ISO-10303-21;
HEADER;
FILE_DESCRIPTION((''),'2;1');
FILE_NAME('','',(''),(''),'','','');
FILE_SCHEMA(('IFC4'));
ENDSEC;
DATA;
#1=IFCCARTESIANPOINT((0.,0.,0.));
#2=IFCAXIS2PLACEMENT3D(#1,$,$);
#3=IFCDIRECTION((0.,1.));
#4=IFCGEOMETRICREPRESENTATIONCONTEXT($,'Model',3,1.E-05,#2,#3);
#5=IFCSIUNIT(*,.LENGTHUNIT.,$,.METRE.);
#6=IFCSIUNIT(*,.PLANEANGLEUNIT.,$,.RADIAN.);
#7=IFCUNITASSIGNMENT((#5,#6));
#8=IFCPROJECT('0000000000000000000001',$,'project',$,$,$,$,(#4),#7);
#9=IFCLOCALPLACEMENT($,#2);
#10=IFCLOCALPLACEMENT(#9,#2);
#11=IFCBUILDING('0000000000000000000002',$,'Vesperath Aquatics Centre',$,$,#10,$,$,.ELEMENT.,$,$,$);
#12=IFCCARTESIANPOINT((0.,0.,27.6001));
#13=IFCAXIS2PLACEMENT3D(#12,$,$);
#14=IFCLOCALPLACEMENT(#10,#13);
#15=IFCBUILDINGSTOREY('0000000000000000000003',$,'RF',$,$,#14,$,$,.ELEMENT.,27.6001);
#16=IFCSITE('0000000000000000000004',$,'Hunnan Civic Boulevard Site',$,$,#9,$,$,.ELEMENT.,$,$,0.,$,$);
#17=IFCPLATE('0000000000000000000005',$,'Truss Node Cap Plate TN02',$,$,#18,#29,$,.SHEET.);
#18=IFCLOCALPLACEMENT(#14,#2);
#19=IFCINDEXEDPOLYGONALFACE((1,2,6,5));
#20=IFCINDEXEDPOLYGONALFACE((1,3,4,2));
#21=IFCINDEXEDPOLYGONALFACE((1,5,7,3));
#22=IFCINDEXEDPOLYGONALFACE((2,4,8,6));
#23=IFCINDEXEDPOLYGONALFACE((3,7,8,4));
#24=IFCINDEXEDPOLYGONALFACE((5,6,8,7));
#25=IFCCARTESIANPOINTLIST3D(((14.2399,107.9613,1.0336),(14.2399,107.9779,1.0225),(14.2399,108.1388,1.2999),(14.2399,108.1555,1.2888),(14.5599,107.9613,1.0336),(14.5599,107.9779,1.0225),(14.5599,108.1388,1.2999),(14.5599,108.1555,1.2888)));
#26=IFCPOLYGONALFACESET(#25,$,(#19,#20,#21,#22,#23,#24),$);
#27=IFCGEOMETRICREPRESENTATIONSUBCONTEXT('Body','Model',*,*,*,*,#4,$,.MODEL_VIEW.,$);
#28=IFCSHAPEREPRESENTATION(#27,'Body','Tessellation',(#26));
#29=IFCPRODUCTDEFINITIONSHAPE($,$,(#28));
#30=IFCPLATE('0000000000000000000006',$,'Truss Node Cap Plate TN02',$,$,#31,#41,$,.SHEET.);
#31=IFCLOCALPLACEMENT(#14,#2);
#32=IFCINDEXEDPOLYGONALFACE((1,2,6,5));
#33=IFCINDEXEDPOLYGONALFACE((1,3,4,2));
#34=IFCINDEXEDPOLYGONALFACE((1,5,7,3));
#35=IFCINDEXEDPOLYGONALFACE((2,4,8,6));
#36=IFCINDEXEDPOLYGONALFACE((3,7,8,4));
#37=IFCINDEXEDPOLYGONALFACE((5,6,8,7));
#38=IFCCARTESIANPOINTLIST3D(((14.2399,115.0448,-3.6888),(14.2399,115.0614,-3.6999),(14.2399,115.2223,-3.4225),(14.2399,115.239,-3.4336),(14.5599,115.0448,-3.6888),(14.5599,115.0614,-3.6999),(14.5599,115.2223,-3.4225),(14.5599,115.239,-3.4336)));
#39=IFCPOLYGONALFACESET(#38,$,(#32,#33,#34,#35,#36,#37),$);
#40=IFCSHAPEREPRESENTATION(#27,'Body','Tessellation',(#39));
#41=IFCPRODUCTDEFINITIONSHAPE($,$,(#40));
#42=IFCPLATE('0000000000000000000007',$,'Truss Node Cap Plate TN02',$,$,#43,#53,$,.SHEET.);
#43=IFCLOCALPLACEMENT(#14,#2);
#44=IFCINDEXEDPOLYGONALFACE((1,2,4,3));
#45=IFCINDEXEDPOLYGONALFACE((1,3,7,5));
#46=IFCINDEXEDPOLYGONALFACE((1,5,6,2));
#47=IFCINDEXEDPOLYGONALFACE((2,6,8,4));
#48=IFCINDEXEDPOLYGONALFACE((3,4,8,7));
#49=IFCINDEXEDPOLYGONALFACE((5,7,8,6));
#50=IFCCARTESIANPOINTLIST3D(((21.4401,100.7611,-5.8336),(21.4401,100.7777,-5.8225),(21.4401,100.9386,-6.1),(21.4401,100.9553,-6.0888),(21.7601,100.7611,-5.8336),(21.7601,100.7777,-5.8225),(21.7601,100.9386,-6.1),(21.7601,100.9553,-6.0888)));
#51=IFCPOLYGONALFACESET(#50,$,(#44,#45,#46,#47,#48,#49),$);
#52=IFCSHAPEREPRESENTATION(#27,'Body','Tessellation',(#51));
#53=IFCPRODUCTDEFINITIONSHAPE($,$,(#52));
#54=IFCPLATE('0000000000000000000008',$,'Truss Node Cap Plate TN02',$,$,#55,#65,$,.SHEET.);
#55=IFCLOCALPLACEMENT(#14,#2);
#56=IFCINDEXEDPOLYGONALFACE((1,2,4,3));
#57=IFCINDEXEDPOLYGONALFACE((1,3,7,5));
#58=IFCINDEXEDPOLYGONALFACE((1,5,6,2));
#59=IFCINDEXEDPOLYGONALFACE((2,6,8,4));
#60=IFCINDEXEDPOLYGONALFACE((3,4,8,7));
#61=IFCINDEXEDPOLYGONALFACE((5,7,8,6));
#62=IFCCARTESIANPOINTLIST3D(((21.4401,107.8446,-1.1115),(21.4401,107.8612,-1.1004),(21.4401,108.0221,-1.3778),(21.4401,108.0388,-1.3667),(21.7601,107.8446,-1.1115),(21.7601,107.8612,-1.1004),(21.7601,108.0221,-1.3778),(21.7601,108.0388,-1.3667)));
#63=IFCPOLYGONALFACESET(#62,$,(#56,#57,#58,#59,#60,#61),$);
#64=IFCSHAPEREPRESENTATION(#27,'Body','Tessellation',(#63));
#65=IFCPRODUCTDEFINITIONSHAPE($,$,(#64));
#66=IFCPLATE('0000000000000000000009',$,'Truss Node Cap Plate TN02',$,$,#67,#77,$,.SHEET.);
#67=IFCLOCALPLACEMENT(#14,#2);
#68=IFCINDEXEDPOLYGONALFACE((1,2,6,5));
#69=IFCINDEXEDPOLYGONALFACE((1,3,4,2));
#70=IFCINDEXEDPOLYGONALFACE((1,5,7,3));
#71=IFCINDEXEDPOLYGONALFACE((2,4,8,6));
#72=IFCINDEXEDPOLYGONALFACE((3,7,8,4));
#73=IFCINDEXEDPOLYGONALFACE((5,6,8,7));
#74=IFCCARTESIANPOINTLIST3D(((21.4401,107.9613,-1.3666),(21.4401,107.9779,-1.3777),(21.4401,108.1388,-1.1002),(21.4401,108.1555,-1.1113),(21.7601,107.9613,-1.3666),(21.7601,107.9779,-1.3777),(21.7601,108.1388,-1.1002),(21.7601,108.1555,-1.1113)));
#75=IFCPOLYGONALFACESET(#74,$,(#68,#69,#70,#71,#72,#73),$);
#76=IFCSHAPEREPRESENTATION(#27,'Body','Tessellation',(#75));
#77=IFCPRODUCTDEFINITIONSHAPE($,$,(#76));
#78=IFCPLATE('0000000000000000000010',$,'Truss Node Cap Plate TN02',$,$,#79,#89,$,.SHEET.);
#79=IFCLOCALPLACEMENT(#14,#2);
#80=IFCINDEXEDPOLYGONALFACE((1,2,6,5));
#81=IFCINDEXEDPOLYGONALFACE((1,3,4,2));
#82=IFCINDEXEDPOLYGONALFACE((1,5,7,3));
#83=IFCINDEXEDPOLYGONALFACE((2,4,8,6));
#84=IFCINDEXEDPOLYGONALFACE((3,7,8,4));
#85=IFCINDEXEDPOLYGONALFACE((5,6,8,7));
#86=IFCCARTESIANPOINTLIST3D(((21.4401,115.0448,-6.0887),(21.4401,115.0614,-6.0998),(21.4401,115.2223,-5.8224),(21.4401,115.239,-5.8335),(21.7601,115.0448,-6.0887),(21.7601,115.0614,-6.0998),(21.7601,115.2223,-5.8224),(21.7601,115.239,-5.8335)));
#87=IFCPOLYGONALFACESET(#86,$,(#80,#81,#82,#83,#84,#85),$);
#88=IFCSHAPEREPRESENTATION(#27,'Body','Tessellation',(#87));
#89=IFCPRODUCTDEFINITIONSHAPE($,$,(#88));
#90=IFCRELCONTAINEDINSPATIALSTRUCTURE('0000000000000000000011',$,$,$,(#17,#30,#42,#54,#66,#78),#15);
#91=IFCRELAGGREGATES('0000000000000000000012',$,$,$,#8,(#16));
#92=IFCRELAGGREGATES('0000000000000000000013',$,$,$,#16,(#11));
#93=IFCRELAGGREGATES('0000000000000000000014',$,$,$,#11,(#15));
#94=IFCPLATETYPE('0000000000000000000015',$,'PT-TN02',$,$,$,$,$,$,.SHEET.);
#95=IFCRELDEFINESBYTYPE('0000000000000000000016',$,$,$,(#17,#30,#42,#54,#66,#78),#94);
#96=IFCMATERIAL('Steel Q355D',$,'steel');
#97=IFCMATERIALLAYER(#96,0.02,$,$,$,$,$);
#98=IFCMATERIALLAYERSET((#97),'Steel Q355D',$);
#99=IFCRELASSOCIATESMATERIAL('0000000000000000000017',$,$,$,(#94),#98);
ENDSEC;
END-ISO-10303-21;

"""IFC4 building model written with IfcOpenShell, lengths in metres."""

from ifc_helpers import new_model, si_unit, direction, frame, origin, origin_2d, place, context, subcontext, project, spatial, rectangle, extrude, material, layer, layer_set, type_object, element, save


model = new_model("IFC4")

# Units and contexts
model_context = context("Model", 3, precision=1e-05, world=origin(), true_north=direction((0.0, 1.0)))
body_context = subcontext(model_context, "Body", "Model", "MODEL_VIEW")
ifc_project = project(units=[si_unit("LENGTHUNIT", "METRE"), si_unit("PLANEANGLEUNIT", "RADIAN")], contexts=[model_context])

# Site, building, storey
site_placement = place(None, origin())
site = spatial("IfcSite", under=ifc_project, at=site_placement, Name="Hunnan Civic Boulevard Site", CompositionType="ELEMENT", RefElevation=0.0)
building_placement = place(site_placement, origin())
building = spatial("IfcBuilding", under=site, at=building_placement, Name="Vesperath Aquatics Centre", CompositionType="ELEMENT")
storey_placement = place(building_placement, frame((0.0, 0.0, 27.6001)))
storey = spatial("IfcBuildingStorey", under=building, at=storey_placement, Name="RF", CompositionType="ELEMENT", Elevation=27.6001)

# Shared definitions
ifc_material_1 = material(Name="Steel Q355D", Category="steel")

# Plates
ifc_layer = layer(ifc_material_1, 0.02)
ifc_layer_set = layer_set([ifc_layer], Name="Steel Q355D")
plate_type = type_object("IfcPlateType", Name="PT-TN02", PredefinedType="SHEET", material=ifc_layer_set)
for number, where, z_axis, x_axis, name in (
    (1, (14.3999, 108.05, 1.1667), (0.0, 0.83205, -0.5547), (-1.0, 0.0, 0.0), "Truss Node Cap Plate TN02"),
    (2, (14.3999, 115.1335, -3.5557), (0.0, 0.83205, -0.5547), (-1.0, 0.0, 0.0), "Truss Node Cap Plate TN02"),
    (3, (21.6001, 100.8499, -5.9668), (0.0, 0.83205, 0.5547), (-1.0, 0.0, 0.0), "Truss Node Cap Plate TN02"),
    (4, (21.6001, 107.9333, -1.2446), (0.0, 0.83205, 0.5547), (-1.0, 0.0, 0.0), "Truss Node Cap Plate TN02"),
    (5, (21.6001, 108.05, -1.2334), (0.0, 0.83205, -0.5547), (-1.0, 0.0, 0.0), "Truss Node Cap Plate TN02"),
    (6, (21.6001, 115.1335, -5.9556), (0.0, 0.83205, -0.5547), (-1.0, 0.0, 0.0), "Truss Node Cap Plate TN02"),
):
    element("IfcPlate", number, at=place(storey_placement, frame(where, z_axis=z_axis, x_axis=x_axis)), inside=storey, type_object=plate_type, Name=name, PredefinedType="SHEET", context=body_context, shape_type="SweptSolid", body=[
        extrude(rectangle(XDim=0.3201, YDim=0.3201, at=origin_2d()), origin(), (0.0, 0.0, 1.0), 0.02),
    ])

save(model, "model.ifc")
